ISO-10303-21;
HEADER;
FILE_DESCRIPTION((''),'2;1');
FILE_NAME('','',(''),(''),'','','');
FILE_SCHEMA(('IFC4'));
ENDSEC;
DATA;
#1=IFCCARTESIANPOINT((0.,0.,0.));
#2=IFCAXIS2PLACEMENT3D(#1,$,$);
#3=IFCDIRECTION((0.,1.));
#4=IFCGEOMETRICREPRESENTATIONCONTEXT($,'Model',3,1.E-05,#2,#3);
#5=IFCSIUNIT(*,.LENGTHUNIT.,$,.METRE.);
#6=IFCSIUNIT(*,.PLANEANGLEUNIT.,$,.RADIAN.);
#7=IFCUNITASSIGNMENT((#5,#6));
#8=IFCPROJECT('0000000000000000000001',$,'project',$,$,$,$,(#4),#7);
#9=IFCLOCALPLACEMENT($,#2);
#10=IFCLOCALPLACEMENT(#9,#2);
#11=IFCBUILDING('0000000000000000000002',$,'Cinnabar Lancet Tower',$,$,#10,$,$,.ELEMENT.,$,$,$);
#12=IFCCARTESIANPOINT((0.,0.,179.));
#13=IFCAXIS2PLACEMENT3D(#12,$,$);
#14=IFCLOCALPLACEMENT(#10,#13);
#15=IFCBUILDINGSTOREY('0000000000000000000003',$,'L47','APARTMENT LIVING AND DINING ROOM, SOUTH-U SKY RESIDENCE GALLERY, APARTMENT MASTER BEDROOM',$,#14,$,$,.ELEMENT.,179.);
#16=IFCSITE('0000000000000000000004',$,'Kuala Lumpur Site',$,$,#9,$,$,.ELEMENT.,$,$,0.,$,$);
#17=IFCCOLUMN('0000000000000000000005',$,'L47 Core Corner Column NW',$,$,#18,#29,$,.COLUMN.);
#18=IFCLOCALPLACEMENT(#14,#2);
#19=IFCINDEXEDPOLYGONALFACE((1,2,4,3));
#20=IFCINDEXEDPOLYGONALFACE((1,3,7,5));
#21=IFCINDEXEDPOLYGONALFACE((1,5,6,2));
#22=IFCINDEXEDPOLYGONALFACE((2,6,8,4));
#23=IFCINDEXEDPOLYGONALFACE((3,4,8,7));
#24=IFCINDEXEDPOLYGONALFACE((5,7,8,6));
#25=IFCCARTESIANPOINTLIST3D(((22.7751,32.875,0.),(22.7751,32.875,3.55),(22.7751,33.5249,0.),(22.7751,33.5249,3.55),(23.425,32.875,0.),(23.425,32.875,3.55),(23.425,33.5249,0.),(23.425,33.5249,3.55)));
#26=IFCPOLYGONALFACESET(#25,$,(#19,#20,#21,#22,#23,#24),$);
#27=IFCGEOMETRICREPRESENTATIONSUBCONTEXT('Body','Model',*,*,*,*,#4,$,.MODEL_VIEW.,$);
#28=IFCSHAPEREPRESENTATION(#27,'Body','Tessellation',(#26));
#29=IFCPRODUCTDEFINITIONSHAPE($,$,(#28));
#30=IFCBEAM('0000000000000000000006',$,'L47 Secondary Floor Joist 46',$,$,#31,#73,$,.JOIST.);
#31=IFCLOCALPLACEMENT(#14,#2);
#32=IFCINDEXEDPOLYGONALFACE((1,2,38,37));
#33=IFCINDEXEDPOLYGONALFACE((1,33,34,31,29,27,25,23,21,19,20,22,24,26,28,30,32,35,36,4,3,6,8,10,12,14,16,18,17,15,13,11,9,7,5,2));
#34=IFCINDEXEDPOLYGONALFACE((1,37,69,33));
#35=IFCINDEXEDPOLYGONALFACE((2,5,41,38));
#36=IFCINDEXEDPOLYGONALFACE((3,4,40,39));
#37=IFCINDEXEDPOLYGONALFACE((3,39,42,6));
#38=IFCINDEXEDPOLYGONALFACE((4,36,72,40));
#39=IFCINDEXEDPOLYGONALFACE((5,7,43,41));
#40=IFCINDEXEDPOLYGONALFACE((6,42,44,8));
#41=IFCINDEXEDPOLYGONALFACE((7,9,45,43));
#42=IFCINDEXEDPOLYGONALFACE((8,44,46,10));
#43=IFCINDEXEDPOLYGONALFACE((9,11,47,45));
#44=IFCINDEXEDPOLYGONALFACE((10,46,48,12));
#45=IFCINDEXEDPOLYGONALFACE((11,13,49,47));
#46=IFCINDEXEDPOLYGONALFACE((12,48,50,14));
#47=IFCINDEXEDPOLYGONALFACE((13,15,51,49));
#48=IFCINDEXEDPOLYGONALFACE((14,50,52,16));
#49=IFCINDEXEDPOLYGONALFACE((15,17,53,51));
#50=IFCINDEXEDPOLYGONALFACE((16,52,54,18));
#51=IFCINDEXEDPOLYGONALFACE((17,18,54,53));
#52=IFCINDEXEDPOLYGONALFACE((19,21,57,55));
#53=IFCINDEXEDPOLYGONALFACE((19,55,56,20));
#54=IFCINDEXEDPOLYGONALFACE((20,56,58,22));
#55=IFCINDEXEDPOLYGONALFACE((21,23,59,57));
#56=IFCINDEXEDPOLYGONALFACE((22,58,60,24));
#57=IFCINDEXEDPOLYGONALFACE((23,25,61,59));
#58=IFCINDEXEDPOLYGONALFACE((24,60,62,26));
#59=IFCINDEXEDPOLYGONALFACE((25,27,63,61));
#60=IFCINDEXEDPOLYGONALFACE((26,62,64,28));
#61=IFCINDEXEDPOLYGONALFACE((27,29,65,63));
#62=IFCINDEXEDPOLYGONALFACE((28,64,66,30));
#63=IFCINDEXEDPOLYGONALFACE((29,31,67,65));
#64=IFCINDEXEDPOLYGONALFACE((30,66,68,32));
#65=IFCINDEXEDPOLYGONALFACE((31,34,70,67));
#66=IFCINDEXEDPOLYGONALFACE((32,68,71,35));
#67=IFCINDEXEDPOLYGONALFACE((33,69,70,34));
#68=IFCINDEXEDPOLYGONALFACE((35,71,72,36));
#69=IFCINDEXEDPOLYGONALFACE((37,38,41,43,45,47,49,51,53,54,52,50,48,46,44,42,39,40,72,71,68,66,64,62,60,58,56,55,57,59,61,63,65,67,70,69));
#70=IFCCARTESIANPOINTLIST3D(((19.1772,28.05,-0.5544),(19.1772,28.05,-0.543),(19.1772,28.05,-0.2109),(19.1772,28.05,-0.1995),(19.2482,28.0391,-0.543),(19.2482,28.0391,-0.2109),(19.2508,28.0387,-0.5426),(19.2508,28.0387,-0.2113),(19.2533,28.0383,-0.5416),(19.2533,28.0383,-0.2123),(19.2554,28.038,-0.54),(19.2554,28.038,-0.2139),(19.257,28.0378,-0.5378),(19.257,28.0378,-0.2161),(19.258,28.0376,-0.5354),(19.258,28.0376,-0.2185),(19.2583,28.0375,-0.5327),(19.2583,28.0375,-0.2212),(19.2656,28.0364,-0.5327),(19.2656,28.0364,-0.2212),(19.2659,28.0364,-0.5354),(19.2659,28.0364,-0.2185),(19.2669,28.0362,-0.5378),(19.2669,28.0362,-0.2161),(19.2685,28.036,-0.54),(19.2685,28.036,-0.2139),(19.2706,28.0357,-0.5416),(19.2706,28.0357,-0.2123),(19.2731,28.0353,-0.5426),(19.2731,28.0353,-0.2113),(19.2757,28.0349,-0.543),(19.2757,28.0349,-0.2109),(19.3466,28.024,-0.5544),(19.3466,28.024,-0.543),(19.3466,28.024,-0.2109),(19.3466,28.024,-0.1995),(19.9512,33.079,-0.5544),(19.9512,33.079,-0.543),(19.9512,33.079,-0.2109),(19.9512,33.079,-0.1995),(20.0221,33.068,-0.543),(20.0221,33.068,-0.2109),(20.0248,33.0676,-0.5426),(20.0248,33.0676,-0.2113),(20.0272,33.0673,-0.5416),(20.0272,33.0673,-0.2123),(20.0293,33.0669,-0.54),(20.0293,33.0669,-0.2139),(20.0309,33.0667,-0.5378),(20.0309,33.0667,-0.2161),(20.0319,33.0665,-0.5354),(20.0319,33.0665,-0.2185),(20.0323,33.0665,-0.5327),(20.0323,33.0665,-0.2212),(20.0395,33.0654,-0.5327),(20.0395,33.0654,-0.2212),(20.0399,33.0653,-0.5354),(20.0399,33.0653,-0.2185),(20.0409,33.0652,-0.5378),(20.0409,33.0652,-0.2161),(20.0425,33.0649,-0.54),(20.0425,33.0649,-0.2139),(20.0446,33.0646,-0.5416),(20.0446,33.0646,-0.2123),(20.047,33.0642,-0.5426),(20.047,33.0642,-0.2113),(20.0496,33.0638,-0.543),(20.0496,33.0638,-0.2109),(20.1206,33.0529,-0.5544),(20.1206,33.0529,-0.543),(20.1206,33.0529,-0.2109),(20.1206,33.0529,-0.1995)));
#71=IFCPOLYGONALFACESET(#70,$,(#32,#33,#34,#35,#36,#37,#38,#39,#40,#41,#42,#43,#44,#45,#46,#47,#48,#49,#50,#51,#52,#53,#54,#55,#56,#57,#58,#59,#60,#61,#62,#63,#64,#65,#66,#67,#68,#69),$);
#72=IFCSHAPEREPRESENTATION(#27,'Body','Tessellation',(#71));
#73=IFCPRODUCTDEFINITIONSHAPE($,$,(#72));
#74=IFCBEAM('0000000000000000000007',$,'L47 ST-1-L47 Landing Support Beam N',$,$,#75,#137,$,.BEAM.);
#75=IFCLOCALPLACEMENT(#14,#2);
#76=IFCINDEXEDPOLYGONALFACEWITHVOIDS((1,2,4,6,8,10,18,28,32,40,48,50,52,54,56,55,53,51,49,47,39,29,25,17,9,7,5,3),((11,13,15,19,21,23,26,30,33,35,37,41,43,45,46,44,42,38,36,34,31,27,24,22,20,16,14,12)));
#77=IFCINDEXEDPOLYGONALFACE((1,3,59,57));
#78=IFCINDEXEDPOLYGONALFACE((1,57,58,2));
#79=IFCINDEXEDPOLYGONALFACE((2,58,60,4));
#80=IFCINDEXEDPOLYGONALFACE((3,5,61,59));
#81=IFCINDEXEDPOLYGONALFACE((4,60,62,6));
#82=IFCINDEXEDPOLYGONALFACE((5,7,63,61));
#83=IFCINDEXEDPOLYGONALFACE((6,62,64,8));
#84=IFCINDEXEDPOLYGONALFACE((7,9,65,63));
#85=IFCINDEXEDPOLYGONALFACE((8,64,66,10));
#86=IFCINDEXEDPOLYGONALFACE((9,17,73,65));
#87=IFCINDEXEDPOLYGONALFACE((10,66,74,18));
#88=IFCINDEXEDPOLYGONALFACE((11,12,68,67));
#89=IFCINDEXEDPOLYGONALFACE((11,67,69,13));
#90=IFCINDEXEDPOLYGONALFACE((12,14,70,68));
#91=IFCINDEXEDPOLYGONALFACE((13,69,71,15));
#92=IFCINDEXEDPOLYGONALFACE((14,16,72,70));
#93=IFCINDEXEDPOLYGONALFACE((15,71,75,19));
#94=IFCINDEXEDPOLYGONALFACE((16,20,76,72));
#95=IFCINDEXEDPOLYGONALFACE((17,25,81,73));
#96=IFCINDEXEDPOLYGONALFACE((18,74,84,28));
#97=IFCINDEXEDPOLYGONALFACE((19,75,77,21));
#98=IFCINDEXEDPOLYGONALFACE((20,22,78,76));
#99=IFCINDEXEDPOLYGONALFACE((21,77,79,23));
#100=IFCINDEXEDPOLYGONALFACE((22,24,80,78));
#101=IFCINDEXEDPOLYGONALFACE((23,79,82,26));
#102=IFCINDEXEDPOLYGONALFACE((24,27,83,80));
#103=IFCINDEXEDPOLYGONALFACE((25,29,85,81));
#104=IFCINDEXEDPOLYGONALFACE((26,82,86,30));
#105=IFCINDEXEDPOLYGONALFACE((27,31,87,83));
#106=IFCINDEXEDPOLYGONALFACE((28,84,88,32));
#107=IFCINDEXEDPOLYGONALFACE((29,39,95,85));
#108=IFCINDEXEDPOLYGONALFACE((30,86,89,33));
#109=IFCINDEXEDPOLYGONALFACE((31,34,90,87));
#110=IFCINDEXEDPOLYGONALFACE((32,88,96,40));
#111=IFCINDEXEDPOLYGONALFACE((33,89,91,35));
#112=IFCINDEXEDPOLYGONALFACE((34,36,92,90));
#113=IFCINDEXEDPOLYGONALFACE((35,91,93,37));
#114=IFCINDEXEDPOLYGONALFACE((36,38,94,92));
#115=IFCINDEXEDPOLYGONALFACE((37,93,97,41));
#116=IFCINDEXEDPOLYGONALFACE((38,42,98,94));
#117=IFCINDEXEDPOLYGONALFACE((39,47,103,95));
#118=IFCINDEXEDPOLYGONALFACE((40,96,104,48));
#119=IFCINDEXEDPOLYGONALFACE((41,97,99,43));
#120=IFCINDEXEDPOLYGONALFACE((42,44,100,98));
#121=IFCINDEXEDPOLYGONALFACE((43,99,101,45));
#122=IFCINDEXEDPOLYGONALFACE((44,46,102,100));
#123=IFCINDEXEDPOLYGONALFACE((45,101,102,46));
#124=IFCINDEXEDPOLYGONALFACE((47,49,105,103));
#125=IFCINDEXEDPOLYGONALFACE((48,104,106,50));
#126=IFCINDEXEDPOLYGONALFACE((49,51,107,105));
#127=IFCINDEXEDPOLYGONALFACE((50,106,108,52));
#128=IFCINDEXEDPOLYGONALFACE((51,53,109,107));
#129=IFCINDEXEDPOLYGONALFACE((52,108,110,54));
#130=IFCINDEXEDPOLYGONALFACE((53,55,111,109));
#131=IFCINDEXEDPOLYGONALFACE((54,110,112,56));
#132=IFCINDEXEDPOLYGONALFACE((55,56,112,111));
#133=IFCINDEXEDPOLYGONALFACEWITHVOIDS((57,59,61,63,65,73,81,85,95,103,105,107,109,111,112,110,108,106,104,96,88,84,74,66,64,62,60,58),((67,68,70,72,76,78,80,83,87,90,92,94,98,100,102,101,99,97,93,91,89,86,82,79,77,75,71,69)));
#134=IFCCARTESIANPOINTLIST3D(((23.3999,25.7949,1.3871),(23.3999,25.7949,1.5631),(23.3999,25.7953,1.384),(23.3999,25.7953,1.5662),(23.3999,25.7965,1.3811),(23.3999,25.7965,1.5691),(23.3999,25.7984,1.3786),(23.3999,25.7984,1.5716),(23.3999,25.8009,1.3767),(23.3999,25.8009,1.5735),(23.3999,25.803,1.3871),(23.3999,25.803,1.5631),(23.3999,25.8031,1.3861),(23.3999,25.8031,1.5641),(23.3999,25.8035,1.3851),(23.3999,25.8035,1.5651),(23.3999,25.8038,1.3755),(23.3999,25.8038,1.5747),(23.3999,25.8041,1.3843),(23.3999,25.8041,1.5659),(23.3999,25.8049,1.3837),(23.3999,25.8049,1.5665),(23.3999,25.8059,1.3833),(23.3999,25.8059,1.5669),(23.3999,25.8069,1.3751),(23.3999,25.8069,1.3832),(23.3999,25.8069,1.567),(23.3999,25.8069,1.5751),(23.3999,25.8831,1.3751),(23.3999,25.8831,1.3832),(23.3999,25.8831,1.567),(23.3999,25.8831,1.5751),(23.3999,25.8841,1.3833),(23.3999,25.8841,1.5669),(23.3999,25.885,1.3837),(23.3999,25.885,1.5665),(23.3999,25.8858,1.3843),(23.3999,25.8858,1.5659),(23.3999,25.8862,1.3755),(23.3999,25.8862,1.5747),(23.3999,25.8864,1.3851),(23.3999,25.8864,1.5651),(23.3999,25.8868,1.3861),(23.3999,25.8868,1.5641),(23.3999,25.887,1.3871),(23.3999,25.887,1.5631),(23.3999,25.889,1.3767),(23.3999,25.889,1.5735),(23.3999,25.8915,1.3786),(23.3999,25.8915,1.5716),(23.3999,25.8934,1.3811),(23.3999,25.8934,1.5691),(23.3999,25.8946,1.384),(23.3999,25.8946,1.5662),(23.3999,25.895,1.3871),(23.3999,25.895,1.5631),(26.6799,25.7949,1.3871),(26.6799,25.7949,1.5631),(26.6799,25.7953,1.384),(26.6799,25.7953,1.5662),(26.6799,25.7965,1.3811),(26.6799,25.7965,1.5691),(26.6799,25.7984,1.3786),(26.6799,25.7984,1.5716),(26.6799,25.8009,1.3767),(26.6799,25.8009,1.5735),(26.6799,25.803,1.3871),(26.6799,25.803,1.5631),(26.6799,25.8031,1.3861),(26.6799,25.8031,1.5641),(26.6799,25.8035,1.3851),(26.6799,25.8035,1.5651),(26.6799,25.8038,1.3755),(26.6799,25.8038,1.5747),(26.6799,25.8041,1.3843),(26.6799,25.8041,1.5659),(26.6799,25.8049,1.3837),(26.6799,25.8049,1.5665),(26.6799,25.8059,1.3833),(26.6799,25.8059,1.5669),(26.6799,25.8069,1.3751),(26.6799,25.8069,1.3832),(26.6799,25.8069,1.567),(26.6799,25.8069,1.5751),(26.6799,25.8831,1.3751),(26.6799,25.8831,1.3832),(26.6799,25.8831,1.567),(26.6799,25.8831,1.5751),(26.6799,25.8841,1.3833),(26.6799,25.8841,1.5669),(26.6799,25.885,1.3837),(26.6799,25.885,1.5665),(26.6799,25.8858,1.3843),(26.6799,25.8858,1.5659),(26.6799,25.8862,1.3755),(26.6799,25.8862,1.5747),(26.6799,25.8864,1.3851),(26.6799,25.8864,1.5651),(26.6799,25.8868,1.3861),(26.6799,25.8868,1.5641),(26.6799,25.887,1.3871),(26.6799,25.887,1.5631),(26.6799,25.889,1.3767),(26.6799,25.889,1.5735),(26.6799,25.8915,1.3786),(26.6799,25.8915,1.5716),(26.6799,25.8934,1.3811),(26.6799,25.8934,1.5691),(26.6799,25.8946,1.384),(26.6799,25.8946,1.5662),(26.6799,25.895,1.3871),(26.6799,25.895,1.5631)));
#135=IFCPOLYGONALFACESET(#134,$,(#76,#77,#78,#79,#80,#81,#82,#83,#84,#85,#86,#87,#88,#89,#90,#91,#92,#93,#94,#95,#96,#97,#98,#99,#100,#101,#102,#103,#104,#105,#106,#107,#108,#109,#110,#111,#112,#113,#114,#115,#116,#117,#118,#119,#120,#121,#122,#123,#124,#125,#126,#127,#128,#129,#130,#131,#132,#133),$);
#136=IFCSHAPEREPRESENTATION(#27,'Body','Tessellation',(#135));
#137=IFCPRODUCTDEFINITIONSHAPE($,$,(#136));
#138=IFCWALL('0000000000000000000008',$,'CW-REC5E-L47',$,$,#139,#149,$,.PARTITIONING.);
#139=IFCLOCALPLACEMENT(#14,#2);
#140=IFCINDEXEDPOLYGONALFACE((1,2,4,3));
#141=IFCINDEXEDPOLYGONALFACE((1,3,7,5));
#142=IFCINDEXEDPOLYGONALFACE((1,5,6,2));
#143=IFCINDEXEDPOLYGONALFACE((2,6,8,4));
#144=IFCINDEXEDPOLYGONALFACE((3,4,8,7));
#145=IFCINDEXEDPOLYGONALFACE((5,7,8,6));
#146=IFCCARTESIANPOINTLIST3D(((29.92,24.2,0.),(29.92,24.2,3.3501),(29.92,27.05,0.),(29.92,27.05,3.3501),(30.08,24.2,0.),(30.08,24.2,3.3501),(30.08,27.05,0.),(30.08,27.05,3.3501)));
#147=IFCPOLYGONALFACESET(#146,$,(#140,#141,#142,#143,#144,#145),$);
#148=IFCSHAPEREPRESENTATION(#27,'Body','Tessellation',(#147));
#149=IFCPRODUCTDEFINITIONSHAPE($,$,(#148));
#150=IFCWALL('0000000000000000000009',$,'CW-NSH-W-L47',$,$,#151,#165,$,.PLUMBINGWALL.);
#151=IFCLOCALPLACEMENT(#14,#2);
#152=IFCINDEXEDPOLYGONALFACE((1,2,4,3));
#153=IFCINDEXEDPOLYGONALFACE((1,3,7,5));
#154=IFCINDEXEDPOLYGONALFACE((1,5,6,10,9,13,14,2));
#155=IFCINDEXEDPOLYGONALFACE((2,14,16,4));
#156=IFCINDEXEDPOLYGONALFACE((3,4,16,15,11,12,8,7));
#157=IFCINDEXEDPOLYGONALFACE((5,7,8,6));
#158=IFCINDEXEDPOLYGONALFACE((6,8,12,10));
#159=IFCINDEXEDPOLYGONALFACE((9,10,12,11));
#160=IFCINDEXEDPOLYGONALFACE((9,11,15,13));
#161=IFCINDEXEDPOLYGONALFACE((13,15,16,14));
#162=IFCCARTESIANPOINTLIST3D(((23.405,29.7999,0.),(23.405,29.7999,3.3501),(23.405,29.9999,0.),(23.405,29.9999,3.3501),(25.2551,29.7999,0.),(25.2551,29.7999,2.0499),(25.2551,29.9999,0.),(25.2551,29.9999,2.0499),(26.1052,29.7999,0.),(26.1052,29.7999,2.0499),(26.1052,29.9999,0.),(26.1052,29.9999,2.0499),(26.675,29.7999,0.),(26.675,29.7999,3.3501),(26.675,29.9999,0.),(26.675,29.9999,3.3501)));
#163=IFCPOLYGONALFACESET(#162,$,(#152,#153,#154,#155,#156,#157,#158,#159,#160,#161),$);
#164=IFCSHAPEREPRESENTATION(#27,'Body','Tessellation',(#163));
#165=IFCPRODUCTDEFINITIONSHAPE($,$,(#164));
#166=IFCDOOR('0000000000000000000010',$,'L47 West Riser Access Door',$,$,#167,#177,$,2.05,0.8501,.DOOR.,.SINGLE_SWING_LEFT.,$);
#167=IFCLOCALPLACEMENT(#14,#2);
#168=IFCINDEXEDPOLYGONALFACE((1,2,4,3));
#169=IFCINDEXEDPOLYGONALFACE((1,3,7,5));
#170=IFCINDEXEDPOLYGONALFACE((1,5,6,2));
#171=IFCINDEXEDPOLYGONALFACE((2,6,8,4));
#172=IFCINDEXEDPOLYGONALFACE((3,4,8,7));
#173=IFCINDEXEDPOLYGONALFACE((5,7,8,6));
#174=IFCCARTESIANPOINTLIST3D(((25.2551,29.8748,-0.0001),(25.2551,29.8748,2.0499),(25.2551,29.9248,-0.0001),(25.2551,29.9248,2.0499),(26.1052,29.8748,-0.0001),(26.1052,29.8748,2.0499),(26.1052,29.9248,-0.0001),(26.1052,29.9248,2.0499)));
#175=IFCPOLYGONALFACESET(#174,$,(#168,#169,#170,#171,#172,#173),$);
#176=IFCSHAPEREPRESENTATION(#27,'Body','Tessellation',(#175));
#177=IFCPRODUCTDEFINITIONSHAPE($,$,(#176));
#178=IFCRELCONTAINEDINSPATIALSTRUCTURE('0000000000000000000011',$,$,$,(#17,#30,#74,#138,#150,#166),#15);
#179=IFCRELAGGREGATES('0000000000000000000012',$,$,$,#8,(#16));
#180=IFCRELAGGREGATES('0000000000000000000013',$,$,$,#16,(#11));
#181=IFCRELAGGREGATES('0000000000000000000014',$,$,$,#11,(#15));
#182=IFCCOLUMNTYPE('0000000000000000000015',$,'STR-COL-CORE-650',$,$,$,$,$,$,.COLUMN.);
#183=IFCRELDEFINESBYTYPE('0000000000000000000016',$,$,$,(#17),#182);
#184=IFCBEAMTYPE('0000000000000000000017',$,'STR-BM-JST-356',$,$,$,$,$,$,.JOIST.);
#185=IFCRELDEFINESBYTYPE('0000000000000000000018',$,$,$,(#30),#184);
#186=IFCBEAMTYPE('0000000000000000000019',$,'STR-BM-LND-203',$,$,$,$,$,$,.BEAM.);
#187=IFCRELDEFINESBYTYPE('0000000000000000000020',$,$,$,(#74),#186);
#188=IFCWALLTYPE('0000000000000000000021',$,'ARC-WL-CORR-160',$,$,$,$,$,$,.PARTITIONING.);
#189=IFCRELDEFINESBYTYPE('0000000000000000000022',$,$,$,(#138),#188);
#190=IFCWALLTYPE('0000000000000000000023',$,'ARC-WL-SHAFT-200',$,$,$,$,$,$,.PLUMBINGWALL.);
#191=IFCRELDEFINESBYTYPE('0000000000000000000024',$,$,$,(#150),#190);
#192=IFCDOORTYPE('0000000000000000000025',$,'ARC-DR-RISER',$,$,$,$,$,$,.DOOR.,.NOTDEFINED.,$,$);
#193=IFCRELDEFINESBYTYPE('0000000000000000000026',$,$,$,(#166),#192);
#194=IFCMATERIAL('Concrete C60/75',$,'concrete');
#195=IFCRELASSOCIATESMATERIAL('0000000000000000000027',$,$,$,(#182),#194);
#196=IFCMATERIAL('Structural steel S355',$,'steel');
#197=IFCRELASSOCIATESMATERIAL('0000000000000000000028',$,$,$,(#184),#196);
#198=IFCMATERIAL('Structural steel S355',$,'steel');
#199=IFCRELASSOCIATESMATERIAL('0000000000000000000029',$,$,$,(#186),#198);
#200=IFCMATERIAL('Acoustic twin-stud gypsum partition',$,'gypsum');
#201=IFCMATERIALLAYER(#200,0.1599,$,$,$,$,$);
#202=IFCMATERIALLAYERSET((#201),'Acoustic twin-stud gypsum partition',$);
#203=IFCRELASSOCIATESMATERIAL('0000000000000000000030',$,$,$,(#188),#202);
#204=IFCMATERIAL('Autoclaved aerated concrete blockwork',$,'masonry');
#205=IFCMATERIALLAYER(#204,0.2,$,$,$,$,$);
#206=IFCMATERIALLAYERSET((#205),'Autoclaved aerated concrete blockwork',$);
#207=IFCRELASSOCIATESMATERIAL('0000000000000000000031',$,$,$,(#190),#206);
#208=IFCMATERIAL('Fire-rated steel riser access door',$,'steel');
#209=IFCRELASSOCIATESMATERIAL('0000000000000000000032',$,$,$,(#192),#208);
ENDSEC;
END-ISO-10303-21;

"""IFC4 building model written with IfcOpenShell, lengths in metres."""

from ifc_helpers import new_model, si_unit, direction, frame, frame_2d, origin, origin_2d, place, context, subcontext, project, spatial, rectangle, hollow_rectangle, i_section, extrude, material, layer, layer_set, material_profile, profile_set, type_object, element, fill, save


model = new_model("IFC4")

# Units and contexts
model_context = context("Model", 3, precision=1e-05, world=origin(), true_north=direction((0.0, 1.0)))
body_context = subcontext(model_context, "Body", "Model", "MODEL_VIEW")
ifc_project = project(units=[si_unit("LENGTHUNIT", "METRE"), si_unit("PLANEANGLEUNIT", "RADIAN")], contexts=[model_context])

# Site, building, storey
site_placement = place(None, origin())
site = spatial("IfcSite", under=ifc_project, at=site_placement, Name="Kuala Lumpur Site", CompositionType="ELEMENT", RefElevation=0.0)
building_placement = place(site_placement, origin())
building = spatial("IfcBuilding", under=site, at=building_placement, Name="Cinnabar Lancet Tower", CompositionType="ELEMENT")
storey_placement = place(building_placement, frame((0.0, 0.0, 179.0)))
storey = spatial("IfcBuildingStorey", under=building, at=storey_placement, Name="L47", Description="APARTMENT LIVING AND DINING ROOM, SOUTH-U SKY RESIDENCE GALLERY, APARTMENT MASTER BEDROOM", CompositionType="ELEMENT", Elevation=179.0)

# Column
ifc_material_1 = material(Name="Concrete C60/75", Category="concrete")
ifc_material_profile_1 = material_profile(ifc_material_1, rectangle(XDim=0.6499, YDim=0.6499, at=origin_2d()), Name="RC-COL 650x650")
ifc_profile_set_1 = profile_set([ifc_material_profile_1], Name="Concrete C60/75")
column_type = type_object("IfcColumnType", Name="STR-COL-CORE-650", PredefinedType="COLUMN", material=ifc_profile_set_1)
column_placement = place(storey_placement, frame((23.1001, 33.2, 0.0), z_axis=(0.0, 0.0, 1.0), x_axis=(1.0, 0.0, 0.0)))
element("IfcColumn", 1, at=column_placement, inside=storey, type_object=column_type, Name="L47 Core Corner Column NW", PredefinedType="COLUMN", context=body_context, shape_type="SweptSolid", body=[
    extrude(rectangle(XDim=0.6499, YDim=0.6499, at=origin_2d()), origin(), (0.0, 0.0, 1.0), 3.55),
])

# Beams
ifc_material_2 = material(Name="Structural steel S355", Category="steel")
ifc_material_profile_2 = material_profile(ifc_material_2, i_section(OverallWidth=0.1714, OverallDepth=0.355, WebThickness=0.0073, FlangeThickness=0.0115, FilletRadius=0.0103, at=origin_2d()), Name="UKB 356x171x51")
ifc_profile_set_2 = profile_set([ifc_material_profile_2], Name="Structural steel S355")
beam_type_1 = type_object("IfcBeamType", Name="STR-BM-JST-356", PredefinedType="JOIST", material=ifc_profile_set_2)
beam_1_placement = place(storey_placement, frame((20.0359, 33.0659, -0.377), z_axis=(-0.152108, -0.988364, 0.0), x_axis=(0.988364, -0.152108, 0.0)))
element("IfcBeam", 2, at=beam_1_placement, inside=storey, type_object=beam_type_1, Name="L47 Secondary Floor Joist 46", PredefinedType="JOIST", context=body_context, shape_type="SweptSolid", body=[
    extrude(i_section(OverallWidth=0.1714, OverallDepth=0.355, WebThickness=0.0073, FlangeThickness=0.0115, FilletRadius=0.0103, at=origin_2d()), origin(), (0.0, 0.0, 1.0), 5.0881),
])
ifc_material_3 = material(Name="Structural steel S355", Category="steel")
ifc_material_profile_3 = material_profile(ifc_material_3, hollow_rectangle(XDim=0.1001, YDim=0.2, WallThickness=0.0081, InnerFilletRadius=0.0039, OuterFilletRadius=0.012, at=origin_2d()), Name="RHS 200x100x8")
ifc_profile_set_3 = profile_set([ifc_material_profile_3], Name="Structural steel S355")
beam_type_2 = type_object("IfcBeamType", Name="STR-BM-LND-203", PredefinedType="BEAM", material=ifc_profile_set_3)
beam_2_placement = place(storey_placement, frame((23.3999, 25.845, 1.4751), z_axis=(1.0, 0.0, 0.0), x_axis=(0.0, 1.0, 0.0)))
element("IfcBeam", 3, at=beam_2_placement, inside=storey, type_object=beam_type_2, Name="L47 ST-1-L47 Landing Support Beam N", PredefinedType="BEAM", context=body_context, shape_type="SweptSolid", body=[
    extrude(hollow_rectangle(XDim=0.1001, YDim=0.2, WallThickness=0.0081, InnerFilletRadius=0.0039, OuterFilletRadius=0.012, at=origin_2d()), origin(), (0.0, 0.0, 1.0), 3.28),
])

# Wall
ifc_material_4 = material(Name="Acoustic twin-stud gypsum partition", Category="gypsum")
ifc_layer_1 = layer(ifc_material_4, 0.1599)
ifc_layer_set_1 = layer_set([ifc_layer_1], Name="Acoustic twin-stud gypsum partition")
wall_type_1 = type_object("IfcWallType", Name="ARC-WL-CORR-160", PredefinedType="PARTITIONING", material=ifc_layer_set_1)
wall_1_placement = place(storey_placement, frame((30.0, 24.2, 0.0), z_axis=(0.0, 0.0, 1.0), x_axis=(0.0, 1.0, 0.0)))
element("IfcWall", 4, at=wall_1_placement, inside=storey, type_object=wall_type_1, Name="CW-REC5E-L47", PredefinedType="PARTITIONING", context=body_context, shape_type="SweptSolid", body=[
    extrude(rectangle(XDim=2.8501, YDim=0.1599, at=frame_2d((1.425, 0.0))), origin(), (0.0, 0.0, 1.0), 3.3501),
])

# Wall, opening, door
ifc_material_5 = material(Name="Autoclaved aerated concrete blockwork", Category="masonry")
ifc_layer_2 = layer(ifc_material_5, 0.2)
ifc_layer_set_2 = layer_set([ifc_layer_2], Name="Autoclaved aerated concrete blockwork")
wall_type_2 = type_object("IfcWallType", Name="ARC-WL-SHAFT-200", PredefinedType="PLUMBINGWALL", material=ifc_layer_set_2)
wall_2_placement = place(storey_placement, frame((23.405, 29.8999, 0.0), z_axis=(0.0, 0.0, 1.0), x_axis=(1.0, 0.0, 0.0)))
wall_2 = element("IfcWall", 5, at=wall_2_placement, inside=storey, type_object=wall_type_2, Name="CW-NSH-W-L47", PredefinedType="PLUMBINGWALL", context=body_context, shape_type="SweptSolid", body=[
    extrude(rectangle(XDim=3.27, YDim=0.2, at=frame_2d((1.635, 0.0))), origin(), (0.0, 0.0, 1.0), 3.3501),
])
opening_1_placement = place(wall_2_placement, frame((1.8501, 0.0, 0.0)))
opening_1 = element("IfcOpeningElement", 6, at=opening_1_placement, cuts=wall_2, PredefinedType="OPENING", context=body_context, shape_type="SweptSolid", body=[
    extrude(rectangle(XDim=0.8501, YDim=2.05, at=frame_2d((0.425, 1.0249))), frame((0.0, 0.1099, 0.0), z_axis=(0.0, -1.0, 0.0), x_axis=(1.0, 0.0, 0.0)), (0.0, 0.0, 1.0), 0.22),
])
ifc_material_6 = material(Name="Fire-rated steel riser access door", Category="steel")
door_type_1 = type_object("IfcDoorType", Name="ARC-DR-RISER", OperationType="NOTDEFINED", PredefinedType="DOOR", material=ifc_material_6)
door_1_placement = place(opening_1_placement, origin())
door_1 = element("IfcDoor", 7, at=door_1_placement, inside=storey, type_object=door_type_1, Name="L47 West Riser Access Door", OperationType="SINGLE_SWING_LEFT", OverallHeight=2.05, OverallWidth=0.8501, PredefinedType="DOOR", context=body_context, shape_type="SweptSolid", body=[
    extrude(rectangle(XDim=0.8501, YDim=2.05, at=frame_2d((0.425, 1.0249))), frame((0.0, 0.0249, 0.0), z_axis=(0.0, -1.0, 0.0), x_axis=(1.0, 0.0, 0.0)), (0.0, 0.0, 1.0), 0.05),
])
fill(opening_1, door_1)

save(model, "model.ifc")
